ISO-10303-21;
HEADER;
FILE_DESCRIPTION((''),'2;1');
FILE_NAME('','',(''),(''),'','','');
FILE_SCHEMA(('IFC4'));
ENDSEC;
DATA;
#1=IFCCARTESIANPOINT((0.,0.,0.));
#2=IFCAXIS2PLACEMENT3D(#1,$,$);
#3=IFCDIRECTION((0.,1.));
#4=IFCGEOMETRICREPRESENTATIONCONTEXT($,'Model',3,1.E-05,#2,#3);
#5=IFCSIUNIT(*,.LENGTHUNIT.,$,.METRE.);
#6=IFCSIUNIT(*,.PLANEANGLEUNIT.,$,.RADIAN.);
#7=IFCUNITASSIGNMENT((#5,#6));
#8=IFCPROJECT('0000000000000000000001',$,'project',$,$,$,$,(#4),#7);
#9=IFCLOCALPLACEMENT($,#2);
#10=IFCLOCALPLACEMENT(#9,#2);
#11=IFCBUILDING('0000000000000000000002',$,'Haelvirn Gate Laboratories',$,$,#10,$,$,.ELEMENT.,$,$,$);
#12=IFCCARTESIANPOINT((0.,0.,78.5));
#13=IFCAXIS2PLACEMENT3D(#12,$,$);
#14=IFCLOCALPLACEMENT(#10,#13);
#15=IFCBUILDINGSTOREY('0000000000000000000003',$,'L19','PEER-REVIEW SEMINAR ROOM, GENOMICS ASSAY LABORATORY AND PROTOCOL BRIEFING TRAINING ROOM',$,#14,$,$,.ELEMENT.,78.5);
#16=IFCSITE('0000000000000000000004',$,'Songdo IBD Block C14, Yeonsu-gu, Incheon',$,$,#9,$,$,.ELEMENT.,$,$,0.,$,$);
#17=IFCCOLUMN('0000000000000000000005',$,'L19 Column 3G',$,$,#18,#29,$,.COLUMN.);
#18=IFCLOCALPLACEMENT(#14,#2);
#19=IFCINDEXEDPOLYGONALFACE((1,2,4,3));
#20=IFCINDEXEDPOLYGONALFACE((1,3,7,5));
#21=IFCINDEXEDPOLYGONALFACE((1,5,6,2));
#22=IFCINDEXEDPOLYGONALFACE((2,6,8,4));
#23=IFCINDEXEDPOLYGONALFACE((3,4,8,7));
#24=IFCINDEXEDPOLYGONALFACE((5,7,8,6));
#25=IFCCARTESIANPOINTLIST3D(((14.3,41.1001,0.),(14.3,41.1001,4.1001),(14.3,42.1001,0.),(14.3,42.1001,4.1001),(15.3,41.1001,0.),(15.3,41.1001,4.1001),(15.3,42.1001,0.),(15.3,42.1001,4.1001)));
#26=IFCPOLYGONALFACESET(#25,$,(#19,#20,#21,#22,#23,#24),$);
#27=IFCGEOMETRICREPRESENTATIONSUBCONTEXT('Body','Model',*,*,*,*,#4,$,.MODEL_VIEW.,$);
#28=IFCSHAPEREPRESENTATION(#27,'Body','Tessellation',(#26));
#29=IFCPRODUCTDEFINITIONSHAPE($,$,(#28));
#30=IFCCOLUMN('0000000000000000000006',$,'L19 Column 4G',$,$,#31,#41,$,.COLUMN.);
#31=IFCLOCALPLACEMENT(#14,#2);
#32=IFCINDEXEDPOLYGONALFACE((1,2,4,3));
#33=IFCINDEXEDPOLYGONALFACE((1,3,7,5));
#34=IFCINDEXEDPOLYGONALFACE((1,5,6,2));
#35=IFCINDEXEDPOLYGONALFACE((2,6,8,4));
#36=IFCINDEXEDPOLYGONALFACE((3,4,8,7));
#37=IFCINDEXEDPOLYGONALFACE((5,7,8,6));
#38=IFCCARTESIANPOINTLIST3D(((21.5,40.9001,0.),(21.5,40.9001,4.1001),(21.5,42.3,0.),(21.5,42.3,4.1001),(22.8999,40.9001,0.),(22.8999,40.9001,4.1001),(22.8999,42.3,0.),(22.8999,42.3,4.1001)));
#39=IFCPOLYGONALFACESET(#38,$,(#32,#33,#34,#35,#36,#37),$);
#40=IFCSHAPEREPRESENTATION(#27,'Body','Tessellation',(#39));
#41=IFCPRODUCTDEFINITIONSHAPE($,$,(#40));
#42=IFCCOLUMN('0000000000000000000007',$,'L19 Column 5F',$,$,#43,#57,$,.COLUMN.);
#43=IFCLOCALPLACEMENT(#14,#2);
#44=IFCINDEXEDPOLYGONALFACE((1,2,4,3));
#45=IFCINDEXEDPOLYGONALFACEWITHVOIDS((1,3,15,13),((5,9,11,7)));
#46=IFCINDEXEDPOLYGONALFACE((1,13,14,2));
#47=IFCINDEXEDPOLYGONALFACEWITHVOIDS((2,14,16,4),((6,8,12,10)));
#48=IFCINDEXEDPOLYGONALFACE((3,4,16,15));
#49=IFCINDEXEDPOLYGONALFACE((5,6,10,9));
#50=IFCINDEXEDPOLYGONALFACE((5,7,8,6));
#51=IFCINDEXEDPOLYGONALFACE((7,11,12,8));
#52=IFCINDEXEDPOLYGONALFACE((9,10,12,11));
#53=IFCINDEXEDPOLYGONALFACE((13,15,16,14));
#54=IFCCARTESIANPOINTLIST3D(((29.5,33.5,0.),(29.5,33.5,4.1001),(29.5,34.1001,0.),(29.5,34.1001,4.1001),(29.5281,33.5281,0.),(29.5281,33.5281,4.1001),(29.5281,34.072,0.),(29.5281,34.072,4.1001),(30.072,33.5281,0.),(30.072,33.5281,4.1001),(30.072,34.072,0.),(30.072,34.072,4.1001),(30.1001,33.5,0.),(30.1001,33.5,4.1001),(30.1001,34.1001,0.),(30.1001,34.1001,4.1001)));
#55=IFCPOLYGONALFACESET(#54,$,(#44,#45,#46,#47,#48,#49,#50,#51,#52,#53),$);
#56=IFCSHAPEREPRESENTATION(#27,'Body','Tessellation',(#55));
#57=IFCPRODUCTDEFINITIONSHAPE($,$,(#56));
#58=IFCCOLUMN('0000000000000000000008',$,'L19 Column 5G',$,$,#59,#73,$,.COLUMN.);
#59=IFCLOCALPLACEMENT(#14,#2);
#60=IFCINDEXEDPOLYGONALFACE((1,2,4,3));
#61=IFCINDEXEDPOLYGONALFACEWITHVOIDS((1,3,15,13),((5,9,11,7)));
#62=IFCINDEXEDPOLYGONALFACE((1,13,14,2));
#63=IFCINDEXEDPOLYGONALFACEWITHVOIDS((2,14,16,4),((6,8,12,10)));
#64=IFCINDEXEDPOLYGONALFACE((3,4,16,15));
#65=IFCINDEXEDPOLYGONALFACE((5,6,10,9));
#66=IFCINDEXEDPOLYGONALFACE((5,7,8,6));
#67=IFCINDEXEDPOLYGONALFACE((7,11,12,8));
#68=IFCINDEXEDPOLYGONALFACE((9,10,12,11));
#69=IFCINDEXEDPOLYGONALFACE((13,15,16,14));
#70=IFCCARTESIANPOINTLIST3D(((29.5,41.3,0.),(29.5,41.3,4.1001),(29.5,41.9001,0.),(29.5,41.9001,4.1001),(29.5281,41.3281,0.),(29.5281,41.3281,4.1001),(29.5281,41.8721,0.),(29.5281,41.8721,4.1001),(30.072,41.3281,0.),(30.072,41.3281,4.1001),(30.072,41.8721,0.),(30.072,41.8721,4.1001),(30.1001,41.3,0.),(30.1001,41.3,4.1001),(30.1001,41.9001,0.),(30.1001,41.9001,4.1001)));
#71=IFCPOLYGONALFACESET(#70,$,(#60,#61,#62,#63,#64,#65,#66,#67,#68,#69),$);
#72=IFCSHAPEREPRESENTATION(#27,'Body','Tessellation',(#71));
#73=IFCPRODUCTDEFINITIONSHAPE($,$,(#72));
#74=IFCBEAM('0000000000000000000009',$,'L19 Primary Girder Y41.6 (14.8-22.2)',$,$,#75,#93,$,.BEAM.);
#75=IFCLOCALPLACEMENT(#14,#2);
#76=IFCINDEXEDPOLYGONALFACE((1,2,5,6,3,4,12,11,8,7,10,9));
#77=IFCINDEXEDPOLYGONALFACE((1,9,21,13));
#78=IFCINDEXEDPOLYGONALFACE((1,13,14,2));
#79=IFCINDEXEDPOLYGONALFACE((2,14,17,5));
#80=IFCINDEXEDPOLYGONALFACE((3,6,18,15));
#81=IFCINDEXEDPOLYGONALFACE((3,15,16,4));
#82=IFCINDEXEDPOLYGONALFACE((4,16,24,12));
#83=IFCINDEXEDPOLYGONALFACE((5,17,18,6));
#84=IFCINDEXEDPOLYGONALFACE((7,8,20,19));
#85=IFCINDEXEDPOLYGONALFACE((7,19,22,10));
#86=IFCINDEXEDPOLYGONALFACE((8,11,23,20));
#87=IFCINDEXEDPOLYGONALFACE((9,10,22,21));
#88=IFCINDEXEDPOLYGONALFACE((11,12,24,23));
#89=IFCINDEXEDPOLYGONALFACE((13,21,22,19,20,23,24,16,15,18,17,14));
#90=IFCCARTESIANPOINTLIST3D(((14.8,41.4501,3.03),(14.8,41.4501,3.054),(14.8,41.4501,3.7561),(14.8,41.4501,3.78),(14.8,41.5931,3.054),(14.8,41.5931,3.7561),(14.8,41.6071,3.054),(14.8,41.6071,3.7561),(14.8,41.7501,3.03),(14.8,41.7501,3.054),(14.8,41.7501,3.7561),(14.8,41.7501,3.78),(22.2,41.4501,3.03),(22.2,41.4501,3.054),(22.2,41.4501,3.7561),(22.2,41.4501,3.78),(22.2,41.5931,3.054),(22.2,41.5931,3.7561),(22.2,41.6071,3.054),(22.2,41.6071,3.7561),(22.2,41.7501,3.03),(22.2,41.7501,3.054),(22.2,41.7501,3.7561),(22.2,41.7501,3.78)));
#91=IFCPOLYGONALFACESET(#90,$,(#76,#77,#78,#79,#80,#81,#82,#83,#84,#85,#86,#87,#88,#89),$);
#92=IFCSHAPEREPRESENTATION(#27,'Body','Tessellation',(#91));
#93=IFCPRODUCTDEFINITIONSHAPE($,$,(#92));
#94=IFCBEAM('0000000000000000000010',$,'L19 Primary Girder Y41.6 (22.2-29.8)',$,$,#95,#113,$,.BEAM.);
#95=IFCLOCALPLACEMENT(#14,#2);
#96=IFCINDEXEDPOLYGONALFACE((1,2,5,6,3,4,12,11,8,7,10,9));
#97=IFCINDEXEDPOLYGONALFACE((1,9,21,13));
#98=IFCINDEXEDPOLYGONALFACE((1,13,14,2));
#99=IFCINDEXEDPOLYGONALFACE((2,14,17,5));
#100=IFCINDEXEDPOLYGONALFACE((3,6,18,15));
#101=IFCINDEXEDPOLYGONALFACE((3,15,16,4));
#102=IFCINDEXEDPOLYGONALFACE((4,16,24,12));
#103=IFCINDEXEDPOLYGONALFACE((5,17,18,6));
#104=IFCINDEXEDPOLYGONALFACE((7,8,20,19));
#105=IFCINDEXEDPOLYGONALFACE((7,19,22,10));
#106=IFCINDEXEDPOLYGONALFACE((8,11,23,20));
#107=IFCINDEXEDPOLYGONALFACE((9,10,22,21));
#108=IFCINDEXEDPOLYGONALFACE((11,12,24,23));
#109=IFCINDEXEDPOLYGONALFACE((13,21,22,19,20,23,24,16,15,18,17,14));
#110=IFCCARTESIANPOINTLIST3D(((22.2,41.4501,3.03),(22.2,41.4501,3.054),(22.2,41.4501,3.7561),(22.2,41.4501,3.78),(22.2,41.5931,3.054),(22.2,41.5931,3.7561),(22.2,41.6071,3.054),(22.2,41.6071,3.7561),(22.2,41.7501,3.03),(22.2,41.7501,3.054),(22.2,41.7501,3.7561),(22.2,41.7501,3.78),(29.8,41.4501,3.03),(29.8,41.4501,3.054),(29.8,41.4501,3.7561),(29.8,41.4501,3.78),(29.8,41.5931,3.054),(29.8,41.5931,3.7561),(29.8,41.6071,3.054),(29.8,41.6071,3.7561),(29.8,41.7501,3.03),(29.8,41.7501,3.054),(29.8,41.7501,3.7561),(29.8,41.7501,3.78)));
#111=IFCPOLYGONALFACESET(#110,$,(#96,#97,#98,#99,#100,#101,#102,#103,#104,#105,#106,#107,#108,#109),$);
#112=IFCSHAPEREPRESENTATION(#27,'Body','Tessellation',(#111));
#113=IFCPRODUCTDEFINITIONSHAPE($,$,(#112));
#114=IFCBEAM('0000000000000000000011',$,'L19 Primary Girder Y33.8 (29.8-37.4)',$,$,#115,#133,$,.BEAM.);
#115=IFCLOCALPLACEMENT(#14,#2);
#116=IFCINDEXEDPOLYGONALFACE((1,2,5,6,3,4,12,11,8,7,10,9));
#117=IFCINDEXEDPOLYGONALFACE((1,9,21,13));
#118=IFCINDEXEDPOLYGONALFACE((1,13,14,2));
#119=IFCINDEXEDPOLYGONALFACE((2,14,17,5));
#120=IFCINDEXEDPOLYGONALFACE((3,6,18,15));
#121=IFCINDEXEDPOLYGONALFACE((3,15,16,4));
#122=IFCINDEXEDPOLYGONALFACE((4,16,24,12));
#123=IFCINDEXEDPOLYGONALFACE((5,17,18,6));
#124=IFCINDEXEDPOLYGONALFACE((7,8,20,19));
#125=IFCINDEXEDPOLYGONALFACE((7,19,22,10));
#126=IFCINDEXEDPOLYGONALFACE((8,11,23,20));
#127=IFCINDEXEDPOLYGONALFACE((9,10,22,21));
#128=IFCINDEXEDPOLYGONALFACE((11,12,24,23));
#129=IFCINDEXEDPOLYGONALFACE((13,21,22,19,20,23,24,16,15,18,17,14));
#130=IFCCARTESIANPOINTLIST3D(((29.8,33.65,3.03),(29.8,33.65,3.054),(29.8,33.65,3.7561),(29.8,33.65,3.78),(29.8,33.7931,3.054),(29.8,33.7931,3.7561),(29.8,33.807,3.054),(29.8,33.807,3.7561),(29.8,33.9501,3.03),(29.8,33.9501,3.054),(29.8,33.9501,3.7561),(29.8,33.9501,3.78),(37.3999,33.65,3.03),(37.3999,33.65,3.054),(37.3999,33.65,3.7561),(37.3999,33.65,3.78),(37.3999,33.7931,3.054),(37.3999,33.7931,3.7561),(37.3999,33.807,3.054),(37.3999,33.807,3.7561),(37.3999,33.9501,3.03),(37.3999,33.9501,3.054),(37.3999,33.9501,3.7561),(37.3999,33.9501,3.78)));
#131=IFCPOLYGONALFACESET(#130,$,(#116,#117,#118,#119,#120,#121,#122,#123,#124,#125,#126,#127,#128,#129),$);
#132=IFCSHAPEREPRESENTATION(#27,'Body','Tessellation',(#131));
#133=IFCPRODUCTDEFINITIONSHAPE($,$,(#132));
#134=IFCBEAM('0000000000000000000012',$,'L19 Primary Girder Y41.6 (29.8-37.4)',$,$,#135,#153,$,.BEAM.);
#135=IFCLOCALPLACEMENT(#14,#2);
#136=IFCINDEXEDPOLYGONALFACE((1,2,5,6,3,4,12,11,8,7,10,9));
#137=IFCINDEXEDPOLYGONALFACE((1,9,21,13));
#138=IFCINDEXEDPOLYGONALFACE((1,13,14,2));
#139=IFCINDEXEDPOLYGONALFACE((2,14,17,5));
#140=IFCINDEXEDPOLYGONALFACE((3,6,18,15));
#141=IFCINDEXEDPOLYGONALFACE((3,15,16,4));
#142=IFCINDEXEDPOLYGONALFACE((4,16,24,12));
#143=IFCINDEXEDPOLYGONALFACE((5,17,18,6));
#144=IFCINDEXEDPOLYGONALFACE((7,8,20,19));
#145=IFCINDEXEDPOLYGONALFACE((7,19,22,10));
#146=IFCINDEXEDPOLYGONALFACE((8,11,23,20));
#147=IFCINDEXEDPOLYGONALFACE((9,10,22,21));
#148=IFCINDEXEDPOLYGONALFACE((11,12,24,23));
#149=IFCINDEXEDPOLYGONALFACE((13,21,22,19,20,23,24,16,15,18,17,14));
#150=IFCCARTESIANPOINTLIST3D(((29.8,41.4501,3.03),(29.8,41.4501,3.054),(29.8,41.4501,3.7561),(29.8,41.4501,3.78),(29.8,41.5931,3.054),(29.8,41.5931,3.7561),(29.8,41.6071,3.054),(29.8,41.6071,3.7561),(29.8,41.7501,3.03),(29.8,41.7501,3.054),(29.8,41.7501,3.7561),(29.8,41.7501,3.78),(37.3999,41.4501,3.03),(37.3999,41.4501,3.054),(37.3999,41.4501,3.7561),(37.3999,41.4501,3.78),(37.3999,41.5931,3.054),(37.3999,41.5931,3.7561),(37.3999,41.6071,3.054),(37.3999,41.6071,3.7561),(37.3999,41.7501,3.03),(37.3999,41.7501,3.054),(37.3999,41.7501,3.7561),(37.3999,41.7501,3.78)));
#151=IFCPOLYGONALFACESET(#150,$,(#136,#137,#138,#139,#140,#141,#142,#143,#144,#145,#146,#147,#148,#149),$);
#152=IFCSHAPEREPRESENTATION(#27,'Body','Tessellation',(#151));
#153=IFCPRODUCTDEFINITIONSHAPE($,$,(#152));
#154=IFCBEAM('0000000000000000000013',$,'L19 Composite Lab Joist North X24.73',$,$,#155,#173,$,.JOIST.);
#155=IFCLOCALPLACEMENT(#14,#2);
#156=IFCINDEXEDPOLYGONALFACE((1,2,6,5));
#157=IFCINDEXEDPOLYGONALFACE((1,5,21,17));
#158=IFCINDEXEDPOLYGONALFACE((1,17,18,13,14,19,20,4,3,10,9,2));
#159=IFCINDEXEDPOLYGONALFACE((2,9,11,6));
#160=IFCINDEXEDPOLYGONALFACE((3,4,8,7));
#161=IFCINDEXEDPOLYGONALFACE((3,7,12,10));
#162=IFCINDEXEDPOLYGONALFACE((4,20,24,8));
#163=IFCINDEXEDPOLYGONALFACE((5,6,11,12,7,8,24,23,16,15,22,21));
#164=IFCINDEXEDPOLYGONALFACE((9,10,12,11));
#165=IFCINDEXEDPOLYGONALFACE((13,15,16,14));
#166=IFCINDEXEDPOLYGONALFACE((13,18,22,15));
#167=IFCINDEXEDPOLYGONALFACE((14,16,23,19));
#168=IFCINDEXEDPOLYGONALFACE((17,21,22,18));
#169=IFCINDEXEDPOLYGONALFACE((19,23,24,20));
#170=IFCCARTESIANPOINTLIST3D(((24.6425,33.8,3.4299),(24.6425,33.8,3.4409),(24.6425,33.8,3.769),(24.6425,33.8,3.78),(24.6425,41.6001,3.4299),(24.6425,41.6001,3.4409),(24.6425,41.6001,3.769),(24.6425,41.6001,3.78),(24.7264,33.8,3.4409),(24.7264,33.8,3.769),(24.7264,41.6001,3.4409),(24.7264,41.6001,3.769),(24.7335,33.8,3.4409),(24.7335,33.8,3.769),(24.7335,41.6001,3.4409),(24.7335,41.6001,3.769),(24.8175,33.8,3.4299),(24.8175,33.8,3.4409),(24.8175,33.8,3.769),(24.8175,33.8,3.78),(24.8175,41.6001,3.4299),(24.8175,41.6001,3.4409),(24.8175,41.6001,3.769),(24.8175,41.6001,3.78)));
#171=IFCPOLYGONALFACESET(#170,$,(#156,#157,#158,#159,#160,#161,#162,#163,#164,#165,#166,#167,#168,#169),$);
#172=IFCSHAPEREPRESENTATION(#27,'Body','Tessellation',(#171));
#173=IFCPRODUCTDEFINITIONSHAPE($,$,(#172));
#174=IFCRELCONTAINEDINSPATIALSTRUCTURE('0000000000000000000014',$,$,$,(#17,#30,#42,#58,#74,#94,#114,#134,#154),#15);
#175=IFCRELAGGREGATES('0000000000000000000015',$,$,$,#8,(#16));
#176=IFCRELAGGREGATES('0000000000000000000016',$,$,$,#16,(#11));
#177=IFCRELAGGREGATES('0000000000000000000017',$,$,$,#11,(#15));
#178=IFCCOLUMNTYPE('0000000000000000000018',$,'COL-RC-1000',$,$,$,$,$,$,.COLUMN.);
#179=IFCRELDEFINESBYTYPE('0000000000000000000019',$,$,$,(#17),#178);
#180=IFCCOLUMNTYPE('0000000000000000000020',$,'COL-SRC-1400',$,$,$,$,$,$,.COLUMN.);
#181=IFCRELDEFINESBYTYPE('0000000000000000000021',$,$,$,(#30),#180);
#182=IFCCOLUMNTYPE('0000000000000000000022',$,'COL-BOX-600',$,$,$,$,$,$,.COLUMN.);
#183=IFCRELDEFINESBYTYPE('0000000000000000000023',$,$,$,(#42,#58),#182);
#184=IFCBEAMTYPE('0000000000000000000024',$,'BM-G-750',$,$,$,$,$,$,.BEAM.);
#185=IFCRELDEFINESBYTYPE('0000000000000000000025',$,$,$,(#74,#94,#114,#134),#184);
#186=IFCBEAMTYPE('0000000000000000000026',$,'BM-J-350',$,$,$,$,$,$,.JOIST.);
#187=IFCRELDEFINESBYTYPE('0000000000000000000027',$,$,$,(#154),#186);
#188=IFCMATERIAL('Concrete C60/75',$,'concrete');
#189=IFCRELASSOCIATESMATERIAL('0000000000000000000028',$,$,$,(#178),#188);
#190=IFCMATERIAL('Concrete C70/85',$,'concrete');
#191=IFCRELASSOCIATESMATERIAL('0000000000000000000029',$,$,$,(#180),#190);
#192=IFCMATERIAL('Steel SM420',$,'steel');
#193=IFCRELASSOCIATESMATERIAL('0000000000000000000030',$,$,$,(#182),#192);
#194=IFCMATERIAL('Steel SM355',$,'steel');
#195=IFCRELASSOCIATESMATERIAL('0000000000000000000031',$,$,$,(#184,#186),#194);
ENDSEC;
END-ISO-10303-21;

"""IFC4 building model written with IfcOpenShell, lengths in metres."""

from ifc_helpers import new_model, si_unit, direction, frame, origin, origin_2d, place, context, subcontext, project, spatial, rectangle, hollow_rectangle, i_section, extrude, source, transform, mapped, material, material_profile, profile_set, type_object, type_shapes, element, save


model = new_model("IFC4")

# Units and contexts
model_context = context("Model", 3, precision=1e-05, world=origin(), true_north=direction((0.0, 1.0)))
body_context = subcontext(model_context, "Body", "Model", "MODEL_VIEW")
ifc_project = project(units=[si_unit("LENGTHUNIT", "METRE"), si_unit("PLANEANGLEUNIT", "RADIAN")], contexts=[model_context])

# Site, building, storey
site_placement = place(None, origin())
site = spatial("IfcSite", under=ifc_project, at=site_placement, Name="Songdo IBD Block C14, Yeonsu-gu, Incheon", CompositionType="ELEMENT", RefElevation=0.0)
building_placement = place(site_placement, origin())
building = spatial("IfcBuilding", under=site, at=building_placement, Name="Haelvirn Gate Laboratories", CompositionType="ELEMENT")
storey_placement = place(building_placement, frame((0.0, 0.0, 78.5)))
storey = spatial("IfcBuildingStorey", under=building, at=storey_placement, Name="L19", Description="PEER-REVIEW SEMINAR ROOM, GENOMICS ASSAY LABORATORY AND PROTOCOL BRIEFING TRAINING ROOM", CompositionType="ELEMENT", Elevation=78.5)

# Columns
ifc_material_1 = material(Name="Concrete C60/75", Category="concrete")
ifc_material_profile_1 = material_profile(ifc_material_1, rectangle(XDim=1.0, YDim=1.0, at=origin_2d()), Name="RC-1000x1000")
ifc_profile_set_1 = profile_set([ifc_material_profile_1], Name="Concrete C60/75")
column_type_1 = type_object("IfcColumnType", Name="COL-RC-1000", PredefinedType="COLUMN", material=ifc_profile_set_1)
shared_shape_1 = source(origin(), body_context, "Body", "SweptSolid", [
    extrude(rectangle(XDim=1.0, YDim=1.0, at=origin_2d()), origin(), (0.0, 0.0, 1.0), 4.1001),
])
type_shapes(column_type_1, [shared_shape_1])
column_1_placement = place(storey_placement, frame((14.8, 41.6001, 0.0), z_axis=(0.0, 0.0, 1.0), x_axis=(1.0, 0.0, 0.0)))
element("IfcColumn", 1, at=column_1_placement, inside=storey, type_object=column_type_1, Name="L19 Column 3G", PredefinedType="COLUMN", context=body_context, shape_type="MappedRepresentation", body=[
    mapped(shared_shape_1, transform((0.0, 0.0, 0.0), scale=1.0)),
])
ifc_material_2 = material(Name="Concrete C70/85", Category="concrete")
ifc_material_profile_2 = material_profile(ifc_material_2, rectangle(XDim=1.3999, YDim=1.3999, at=origin_2d()), Name="SRC-1400x1400")
ifc_profile_set_2 = profile_set([ifc_material_profile_2], Name="Concrete C70/85")
column_type_2 = type_object("IfcColumnType", Name="COL-SRC-1400", PredefinedType="COLUMN", material=ifc_profile_set_2)
shared_shape_2 = source(origin(), body_context, "Body", "SweptSolid", [
    extrude(rectangle(XDim=1.3999, YDim=1.3999, at=origin_2d()), origin(), (0.0, 0.0, 1.0), 4.1001),
])
type_shapes(column_type_2, [shared_shape_2])
column_2_placement = place(storey_placement, frame((22.2, 41.6001, 0.0), z_axis=(0.0, 0.0, 1.0), x_axis=(1.0, 0.0, 0.0)))
element("IfcColumn", 2, at=column_2_placement, inside=storey, type_object=column_type_2, Name="L19 Column 4G", PredefinedType="COLUMN", context=body_context, shape_type="MappedRepresentation", body=[
    mapped(shared_shape_2, transform((0.0, 0.0, 0.0), scale=1.0)),
])
ifc_material_3 = material(Name="Steel SM420", Category="steel")
ifc_material_profile_3 = material_profile(ifc_material_3, hollow_rectangle(XDim=0.6001, YDim=0.6001, WallThickness=0.0281, at=origin_2d()), Name="BOX-600x600x28")
ifc_profile_set_3 = profile_set([ifc_material_profile_3], Name="Steel SM420")
column_type_3 = type_object("IfcColumnType", Name="COL-BOX-600", PredefinedType="COLUMN", material=ifc_profile_set_3)
shared_shape_3 = source(origin(), body_context, "Body", "SweptSolid", [
    extrude(hollow_rectangle(XDim=0.6001, YDim=0.6001, WallThickness=0.0281, at=origin_2d()), origin(), (0.0, 0.0, 1.0), 4.1001),
])
type_shapes(column_type_3, [shared_shape_3])
for number, where, z_axis, x_axis, name in (
    (3, (29.8, 33.8, 0.0), (0.0, 0.0, 1.0), (1.0, 0.0, 0.0), "L19 Column 5F"),
    (4, (29.8, 41.6001, 0.0), (0.0, 0.0, 1.0), (1.0, 0.0, 0.0), "L19 Column 5G"),
):
    element("IfcColumn", number, at=place(storey_placement, frame(where, z_axis=z_axis, x_axis=x_axis)), inside=storey, type_object=column_type_3, Name=name, PredefinedType="COLUMN", context=body_context, shape_type="MappedRepresentation", body=[
        mapped(shared_shape_3, transform((0.0, 0.0, 0.0), scale=1.0)),
    ])

# Beams
ifc_material_4 = material(Name="Steel SM355", Category="steel")
ifc_material_profile_4 = material_profile(ifc_material_4, i_section(OverallWidth=0.3, OverallDepth=0.75, WebThickness=0.0139, FlangeThickness=0.0239, at=origin_2d()), Name="H-750x300x14x24")
ifc_profile_set_4 = profile_set([ifc_material_profile_4], Name="Steel SM355")
beam_type_1 = type_object("IfcBeamType", Name="BM-G-750", PredefinedType="BEAM", material=ifc_profile_set_4)
shared_shape_4 = source(origin(), body_context, "Body", "SweptSolid", [
    extrude(i_section(OverallWidth=0.3, OverallDepth=0.75, WebThickness=0.0139, FlangeThickness=0.0239, at=origin_2d()), origin(), (0.0, 0.0, 1.0), 7.3999),
])
beam_1_placement = place(storey_placement, frame((14.8, 41.6001, 3.405), z_axis=(1.0, 0.0, 0.0), x_axis=(0.0, 1.0, 0.0)))
element("IfcBeam", 5, at=beam_1_placement, inside=storey, type_object=beam_type_1, Name="L19 Primary Girder Y41.6 (14.8-22.2)", PredefinedType="BEAM", context=body_context, shape_type="MappedRepresentation", body=[
    mapped(shared_shape_4, transform((0.0, 0.0, 0.0), scale=1.0)),
])
shared_shape_5 = source(origin(), body_context, "Body", "SweptSolid", [
    extrude(i_section(OverallWidth=0.3, OverallDepth=0.75, WebThickness=0.0139, FlangeThickness=0.0239, at=origin_2d()), origin(), (0.0, 0.0, 1.0), 7.6001),
])
beam_2_placement = place(storey_placement, frame((22.2, 41.6001, 3.405), z_axis=(1.0, 0.0, 0.0), x_axis=(0.0, 1.0, 0.0)))
element("IfcBeam", 6, at=beam_2_placement, inside=storey, type_object=beam_type_1, Name="L19 Primary Girder Y41.6 (22.2-29.8)", PredefinedType="BEAM", context=body_context, shape_type="MappedRepresentation", body=[
    mapped(shared_shape_5, transform((0.0, 0.0, 0.0), scale=1.0)),
])
shared_shape_6 = source(origin(), body_context, "Body", "SweptSolid", [
    extrude(i_section(OverallWidth=0.3, OverallDepth=0.75, WebThickness=0.0139, FlangeThickness=0.0239, at=origin_2d()), origin(), (0.0, 0.0, 1.0), 7.5999),
])
type_shapes(beam_type_1, [shared_shape_4, shared_shape_5, shared_shape_6])
for number, where, z_axis, x_axis, name in (
    (7, (29.8, 33.8, 3.405), (1.0, 0.0, 0.0), (0.0, 1.0, 0.0), "L19 Primary Girder Y33.8 (29.8-37.4)"),
    (8, (29.8, 41.6001, 3.405), (1.0, 0.0, 0.0), (0.0, 1.0, 0.0), "L19 Primary Girder Y41.6 (29.8-37.4)"),
):
    element("IfcBeam", number, at=place(storey_placement, frame(where, z_axis=z_axis, x_axis=x_axis)), inside=storey, type_object=beam_type_1, Name=name, PredefinedType="BEAM", context=body_context, shape_type="MappedRepresentation", body=[
        mapped(shared_shape_6, transform((0.0, 0.0, 0.0), scale=1.0)),
    ])
ifc_material_profile_5 = material_profile(ifc_material_4, i_section(OverallWidth=0.175, OverallDepth=0.3501, WebThickness=0.0071, FlangeThickness=0.011, at=origin_2d()), Name="H-350x175x7x11")
ifc_profile_set_5 = profile_set([ifc_material_profile_5], Name="Steel SM355")
beam_type_2 = type_object("IfcBeamType", Name="BM-J-350", PredefinedType="JOIST", material=ifc_profile_set_5)
shared_shape_7 = source(origin(), body_context, "Body", "SweptSolid", [
    extrude(i_section(OverallWidth=0.175, OverallDepth=0.3501, WebThickness=0.0071, FlangeThickness=0.011, at=origin_2d()), origin(), (0.0, 0.0, 1.0), 7.8),
])
type_shapes(beam_type_2, [shared_shape_7])
for number, where, z_axis, x_axis, name in (
    (9, (24.73, 33.8, 3.605), (0.0, 1.0, 0.0), (-1.0, 0.0, 0.0), "L19 Composite Lab Joist North X24.73"),
):
    element("IfcBeam", number, at=place(storey_placement, frame(where, z_axis=z_axis, x_axis=x_axis)), inside=storey, type_object=beam_type_2, Name=name, PredefinedType="JOIST", context=body_context, shape_type="MappedRepresentation", body=[
        mapped(shared_shape_7, transform((0.0, 0.0, 0.0), scale=1.0)),
    ])

save(model, "model.ifc")
